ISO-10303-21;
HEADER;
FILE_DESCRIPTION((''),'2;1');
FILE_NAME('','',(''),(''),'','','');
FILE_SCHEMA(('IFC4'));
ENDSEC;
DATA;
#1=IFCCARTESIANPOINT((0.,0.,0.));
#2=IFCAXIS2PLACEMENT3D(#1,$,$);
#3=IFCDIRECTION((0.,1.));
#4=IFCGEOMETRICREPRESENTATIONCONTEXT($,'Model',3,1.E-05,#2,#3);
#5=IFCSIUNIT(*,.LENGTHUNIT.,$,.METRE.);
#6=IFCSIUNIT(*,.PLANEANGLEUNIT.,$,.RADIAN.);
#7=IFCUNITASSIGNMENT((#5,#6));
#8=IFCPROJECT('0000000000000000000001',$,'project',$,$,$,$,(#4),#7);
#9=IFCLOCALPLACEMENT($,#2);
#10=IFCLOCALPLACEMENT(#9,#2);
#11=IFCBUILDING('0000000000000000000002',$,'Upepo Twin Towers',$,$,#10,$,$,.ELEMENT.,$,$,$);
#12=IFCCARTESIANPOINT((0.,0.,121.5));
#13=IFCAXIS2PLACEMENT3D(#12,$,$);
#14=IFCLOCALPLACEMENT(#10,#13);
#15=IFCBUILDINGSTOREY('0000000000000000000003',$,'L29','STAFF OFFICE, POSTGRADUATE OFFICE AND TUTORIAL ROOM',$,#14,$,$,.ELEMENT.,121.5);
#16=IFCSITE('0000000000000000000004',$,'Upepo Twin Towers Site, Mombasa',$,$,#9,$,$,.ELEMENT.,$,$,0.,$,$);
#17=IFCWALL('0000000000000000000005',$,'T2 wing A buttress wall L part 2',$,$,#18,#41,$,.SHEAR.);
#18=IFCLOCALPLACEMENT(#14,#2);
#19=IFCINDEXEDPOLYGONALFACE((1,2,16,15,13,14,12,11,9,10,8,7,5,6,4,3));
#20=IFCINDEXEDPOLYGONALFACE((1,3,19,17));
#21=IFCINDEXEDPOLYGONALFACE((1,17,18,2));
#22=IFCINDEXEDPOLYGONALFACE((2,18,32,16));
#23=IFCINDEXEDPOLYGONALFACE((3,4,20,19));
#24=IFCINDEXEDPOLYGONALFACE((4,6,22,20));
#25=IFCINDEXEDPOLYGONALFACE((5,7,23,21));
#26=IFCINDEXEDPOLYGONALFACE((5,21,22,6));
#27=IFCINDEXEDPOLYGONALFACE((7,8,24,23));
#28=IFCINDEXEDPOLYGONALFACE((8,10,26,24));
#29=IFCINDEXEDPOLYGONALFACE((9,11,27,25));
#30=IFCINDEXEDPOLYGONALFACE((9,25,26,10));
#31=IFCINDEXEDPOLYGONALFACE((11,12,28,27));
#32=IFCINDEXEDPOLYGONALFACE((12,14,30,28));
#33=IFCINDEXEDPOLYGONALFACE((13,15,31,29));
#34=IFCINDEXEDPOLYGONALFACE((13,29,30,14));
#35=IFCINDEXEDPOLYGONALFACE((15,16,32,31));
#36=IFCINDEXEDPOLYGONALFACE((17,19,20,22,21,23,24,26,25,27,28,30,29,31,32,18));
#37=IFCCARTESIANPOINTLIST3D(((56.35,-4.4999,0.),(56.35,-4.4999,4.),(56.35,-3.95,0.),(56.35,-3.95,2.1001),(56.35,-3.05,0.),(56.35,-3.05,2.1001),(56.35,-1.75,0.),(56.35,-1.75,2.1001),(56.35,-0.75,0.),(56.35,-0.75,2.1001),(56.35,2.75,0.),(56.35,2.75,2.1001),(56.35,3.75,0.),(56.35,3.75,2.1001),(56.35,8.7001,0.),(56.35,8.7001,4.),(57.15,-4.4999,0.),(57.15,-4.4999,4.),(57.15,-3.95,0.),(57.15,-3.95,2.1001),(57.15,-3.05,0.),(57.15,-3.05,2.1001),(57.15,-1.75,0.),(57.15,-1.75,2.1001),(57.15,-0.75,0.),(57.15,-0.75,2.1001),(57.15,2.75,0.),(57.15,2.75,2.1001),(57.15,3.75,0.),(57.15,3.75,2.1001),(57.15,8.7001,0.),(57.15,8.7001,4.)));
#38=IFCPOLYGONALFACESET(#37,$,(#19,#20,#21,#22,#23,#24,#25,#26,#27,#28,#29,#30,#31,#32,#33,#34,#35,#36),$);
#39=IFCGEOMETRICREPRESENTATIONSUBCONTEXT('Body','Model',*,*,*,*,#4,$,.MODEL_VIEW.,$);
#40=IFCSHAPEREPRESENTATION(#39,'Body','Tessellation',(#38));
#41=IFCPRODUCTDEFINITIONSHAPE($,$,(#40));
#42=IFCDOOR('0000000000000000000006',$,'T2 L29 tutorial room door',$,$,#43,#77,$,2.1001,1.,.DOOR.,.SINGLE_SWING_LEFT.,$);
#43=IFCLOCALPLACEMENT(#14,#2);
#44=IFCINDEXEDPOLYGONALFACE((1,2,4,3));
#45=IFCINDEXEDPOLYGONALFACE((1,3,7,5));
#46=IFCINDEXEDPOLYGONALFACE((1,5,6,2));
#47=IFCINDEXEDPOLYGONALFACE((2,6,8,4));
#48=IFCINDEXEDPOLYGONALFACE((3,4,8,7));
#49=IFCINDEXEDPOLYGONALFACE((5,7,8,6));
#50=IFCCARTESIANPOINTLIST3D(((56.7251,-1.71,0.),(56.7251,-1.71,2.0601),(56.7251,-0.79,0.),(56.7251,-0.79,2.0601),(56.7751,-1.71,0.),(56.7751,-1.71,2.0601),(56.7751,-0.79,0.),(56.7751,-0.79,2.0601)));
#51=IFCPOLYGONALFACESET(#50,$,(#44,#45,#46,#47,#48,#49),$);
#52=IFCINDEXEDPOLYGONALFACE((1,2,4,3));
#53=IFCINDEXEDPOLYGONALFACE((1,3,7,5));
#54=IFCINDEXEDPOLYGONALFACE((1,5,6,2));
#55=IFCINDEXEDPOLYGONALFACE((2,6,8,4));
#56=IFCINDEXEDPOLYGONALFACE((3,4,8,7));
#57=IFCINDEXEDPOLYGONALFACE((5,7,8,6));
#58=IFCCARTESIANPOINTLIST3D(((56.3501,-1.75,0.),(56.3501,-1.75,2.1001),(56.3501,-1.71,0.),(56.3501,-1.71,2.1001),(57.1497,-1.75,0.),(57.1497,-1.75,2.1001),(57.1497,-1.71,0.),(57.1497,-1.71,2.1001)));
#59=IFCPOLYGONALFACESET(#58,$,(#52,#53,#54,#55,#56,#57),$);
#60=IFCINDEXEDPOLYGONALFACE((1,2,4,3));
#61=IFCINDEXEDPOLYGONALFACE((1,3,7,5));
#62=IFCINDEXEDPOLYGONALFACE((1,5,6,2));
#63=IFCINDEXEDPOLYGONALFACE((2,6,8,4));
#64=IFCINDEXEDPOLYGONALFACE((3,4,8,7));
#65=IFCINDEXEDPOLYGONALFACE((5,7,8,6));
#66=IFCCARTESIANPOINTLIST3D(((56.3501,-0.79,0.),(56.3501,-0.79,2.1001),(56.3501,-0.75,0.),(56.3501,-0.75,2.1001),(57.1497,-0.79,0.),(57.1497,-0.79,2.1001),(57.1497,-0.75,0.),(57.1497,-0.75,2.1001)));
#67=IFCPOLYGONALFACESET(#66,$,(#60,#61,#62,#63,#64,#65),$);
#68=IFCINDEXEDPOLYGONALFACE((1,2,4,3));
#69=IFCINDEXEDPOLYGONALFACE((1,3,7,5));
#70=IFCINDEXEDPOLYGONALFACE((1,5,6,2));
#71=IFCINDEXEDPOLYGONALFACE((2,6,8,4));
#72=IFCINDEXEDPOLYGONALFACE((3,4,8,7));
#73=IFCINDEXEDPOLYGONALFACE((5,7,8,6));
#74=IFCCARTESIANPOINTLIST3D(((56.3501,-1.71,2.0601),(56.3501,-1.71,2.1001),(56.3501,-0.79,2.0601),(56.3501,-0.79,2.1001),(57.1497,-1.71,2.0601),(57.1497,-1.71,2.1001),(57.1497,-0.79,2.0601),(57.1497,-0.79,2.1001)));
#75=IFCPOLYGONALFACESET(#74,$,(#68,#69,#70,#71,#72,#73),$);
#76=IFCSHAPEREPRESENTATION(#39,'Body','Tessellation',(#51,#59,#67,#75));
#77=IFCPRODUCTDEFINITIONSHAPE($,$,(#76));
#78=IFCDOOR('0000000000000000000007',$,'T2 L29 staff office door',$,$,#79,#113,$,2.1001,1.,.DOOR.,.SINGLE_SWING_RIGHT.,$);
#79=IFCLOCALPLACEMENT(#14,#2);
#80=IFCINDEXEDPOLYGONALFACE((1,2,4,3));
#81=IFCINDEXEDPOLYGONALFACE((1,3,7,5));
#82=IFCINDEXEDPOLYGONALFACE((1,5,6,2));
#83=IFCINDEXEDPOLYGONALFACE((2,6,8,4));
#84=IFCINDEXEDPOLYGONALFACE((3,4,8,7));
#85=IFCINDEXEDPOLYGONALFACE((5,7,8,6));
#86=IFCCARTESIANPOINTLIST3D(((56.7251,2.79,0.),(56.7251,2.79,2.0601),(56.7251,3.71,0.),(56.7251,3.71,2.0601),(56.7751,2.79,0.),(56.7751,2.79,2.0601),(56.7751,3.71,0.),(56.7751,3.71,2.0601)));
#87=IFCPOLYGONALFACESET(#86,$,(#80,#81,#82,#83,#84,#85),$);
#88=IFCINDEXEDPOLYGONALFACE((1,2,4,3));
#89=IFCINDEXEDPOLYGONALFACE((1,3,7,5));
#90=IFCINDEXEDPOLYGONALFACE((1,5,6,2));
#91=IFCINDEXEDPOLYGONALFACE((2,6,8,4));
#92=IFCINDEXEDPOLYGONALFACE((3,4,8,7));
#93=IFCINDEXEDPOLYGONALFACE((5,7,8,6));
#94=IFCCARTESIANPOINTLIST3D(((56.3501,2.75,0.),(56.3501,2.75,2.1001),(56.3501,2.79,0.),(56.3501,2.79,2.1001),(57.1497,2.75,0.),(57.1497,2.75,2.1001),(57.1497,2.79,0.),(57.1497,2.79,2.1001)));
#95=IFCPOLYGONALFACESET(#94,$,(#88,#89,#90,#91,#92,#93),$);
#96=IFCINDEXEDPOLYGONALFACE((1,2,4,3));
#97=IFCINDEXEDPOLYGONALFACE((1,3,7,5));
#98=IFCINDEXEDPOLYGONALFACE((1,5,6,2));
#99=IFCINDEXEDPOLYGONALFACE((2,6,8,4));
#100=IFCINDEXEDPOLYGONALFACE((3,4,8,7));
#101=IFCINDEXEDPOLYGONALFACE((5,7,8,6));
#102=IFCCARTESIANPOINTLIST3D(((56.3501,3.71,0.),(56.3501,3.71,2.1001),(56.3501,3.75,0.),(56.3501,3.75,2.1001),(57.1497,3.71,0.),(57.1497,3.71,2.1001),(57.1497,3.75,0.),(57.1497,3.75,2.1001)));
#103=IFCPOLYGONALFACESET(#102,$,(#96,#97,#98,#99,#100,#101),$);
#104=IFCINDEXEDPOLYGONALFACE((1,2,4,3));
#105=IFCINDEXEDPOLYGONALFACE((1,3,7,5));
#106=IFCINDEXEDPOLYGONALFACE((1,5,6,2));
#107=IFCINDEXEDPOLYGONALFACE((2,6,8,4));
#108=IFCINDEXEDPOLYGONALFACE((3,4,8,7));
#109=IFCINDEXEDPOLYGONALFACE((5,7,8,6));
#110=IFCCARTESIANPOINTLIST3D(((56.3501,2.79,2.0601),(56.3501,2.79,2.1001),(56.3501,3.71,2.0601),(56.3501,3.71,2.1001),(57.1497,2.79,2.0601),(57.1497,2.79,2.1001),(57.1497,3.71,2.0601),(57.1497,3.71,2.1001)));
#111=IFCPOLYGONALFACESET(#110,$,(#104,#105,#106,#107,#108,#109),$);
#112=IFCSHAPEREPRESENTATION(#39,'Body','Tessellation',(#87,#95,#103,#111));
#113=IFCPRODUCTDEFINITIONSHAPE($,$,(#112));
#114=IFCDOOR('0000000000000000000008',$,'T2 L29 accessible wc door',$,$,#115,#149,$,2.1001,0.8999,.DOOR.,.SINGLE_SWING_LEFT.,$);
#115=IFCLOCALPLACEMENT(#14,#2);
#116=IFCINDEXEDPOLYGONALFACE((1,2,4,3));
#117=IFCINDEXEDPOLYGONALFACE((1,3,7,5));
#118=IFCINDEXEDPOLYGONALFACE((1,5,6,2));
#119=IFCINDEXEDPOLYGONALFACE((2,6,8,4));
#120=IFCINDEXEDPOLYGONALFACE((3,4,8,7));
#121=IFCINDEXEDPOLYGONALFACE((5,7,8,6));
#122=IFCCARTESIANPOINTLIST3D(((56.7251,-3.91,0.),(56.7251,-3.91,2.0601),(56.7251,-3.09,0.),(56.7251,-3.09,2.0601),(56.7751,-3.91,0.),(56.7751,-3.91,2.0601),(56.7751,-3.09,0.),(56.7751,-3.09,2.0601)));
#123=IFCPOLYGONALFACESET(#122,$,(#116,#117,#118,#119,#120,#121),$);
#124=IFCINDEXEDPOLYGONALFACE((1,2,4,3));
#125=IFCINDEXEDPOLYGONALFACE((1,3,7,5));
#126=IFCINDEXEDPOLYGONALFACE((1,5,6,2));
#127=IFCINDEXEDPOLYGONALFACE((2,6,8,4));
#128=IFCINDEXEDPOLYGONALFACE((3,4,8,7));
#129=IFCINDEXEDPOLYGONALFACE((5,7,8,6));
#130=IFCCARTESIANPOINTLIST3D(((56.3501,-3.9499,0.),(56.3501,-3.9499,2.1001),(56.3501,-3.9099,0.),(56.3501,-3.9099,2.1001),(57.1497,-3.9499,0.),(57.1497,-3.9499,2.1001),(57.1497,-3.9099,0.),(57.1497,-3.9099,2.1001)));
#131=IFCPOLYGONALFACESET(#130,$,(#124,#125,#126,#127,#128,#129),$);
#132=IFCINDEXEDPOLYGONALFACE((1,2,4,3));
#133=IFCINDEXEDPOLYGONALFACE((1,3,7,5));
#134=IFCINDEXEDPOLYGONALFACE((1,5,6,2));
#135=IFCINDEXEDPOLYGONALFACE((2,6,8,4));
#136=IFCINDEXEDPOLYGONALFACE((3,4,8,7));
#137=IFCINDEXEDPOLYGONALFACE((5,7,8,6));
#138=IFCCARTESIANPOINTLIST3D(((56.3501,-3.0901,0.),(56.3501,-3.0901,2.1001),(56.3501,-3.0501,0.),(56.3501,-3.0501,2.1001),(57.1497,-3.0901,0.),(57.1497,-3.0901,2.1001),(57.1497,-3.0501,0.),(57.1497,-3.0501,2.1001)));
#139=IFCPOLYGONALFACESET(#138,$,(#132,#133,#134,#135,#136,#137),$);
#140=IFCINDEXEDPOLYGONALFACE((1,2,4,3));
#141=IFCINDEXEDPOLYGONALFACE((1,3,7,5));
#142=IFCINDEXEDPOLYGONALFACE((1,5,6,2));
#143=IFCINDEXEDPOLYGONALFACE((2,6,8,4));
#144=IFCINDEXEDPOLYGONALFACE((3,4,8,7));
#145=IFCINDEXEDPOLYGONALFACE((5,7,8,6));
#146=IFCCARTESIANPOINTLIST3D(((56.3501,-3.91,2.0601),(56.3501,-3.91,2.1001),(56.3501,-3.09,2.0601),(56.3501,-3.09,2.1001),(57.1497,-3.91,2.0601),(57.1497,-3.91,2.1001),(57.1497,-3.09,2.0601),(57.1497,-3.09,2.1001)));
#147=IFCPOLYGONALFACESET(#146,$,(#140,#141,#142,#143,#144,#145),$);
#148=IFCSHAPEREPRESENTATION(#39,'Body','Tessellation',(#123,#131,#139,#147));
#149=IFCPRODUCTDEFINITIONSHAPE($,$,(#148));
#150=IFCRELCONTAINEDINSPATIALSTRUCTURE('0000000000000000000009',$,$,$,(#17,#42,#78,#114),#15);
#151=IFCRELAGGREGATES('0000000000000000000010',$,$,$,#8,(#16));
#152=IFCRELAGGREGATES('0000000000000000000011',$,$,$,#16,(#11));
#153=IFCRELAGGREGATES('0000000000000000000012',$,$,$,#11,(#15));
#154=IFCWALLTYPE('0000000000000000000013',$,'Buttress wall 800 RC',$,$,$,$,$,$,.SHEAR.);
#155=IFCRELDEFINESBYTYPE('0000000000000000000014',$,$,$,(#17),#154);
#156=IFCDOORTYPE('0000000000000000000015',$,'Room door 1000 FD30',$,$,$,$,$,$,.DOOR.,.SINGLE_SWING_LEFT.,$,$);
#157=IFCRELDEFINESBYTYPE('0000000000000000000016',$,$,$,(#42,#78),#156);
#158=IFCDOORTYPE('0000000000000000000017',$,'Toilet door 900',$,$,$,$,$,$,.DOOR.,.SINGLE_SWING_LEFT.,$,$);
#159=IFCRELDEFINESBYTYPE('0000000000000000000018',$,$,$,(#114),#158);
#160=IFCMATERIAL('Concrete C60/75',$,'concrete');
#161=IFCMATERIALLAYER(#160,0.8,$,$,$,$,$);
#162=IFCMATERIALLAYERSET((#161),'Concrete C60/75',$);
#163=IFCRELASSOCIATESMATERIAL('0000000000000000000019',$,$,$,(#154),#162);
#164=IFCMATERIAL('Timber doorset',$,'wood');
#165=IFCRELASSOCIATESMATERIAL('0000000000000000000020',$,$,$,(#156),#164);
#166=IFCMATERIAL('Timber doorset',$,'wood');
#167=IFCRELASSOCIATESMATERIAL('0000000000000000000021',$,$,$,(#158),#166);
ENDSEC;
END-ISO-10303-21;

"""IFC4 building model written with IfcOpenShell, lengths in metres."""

from ifc_helpers import new_model, si_unit, direction, frame, frame_2d, origin, place, context, subcontext, project, spatial, rectangle, extrude, material, layer, layer_set, type_object, element, fill, save


model = new_model("IFC4")

# Units and contexts
model_context = context("Model", 3, precision=1e-05, world=origin(), true_north=direction((0.0, 1.0)))
body_context = subcontext(model_context, "Body", "Model", "MODEL_VIEW")
ifc_project = project(units=[si_unit("LENGTHUNIT", "METRE"), si_unit("PLANEANGLEUNIT", "RADIAN")], contexts=[model_context])

# Site, building, storey
site_placement = place(None, origin())
site = spatial("IfcSite", under=ifc_project, at=site_placement, Name="Upepo Twin Towers Site, Mombasa", CompositionType="ELEMENT", RefElevation=0.0)
building_placement = place(site_placement, origin())
building = spatial("IfcBuilding", under=site, at=building_placement, Name="Upepo Twin Towers", CompositionType="ELEMENT")
storey_placement = place(building_placement, frame((0.0, 0.0, 121.5)))
storey = spatial("IfcBuildingStorey", under=building, at=storey_placement, Name="L29", Description="STAFF OFFICE, POSTGRADUATE OFFICE AND TUTORIAL ROOM", CompositionType="ELEMENT", Elevation=121.5)

# Wall, openings, doors
ifc_material_1 = material(Name="Concrete C60/75", Category="concrete")
ifc_layer_1 = layer(ifc_material_1, 0.8)
ifc_layer_set_1 = layer_set([ifc_layer_1], Name="Concrete C60/75")
wall_type_1 = type_object("IfcWallType", Name="Buttress wall 800 RC", PredefinedType="SHEAR", material=ifc_layer_set_1)
wall_1_placement = place(storey_placement, frame((56.75, -4.5, 0.0), z_axis=(0.0, 0.0, 1.0), x_axis=(0.0, 1.0, 0.0)))
wall_1 = element("IfcWall", 1, at=wall_1_placement, inside=storey, type_object=wall_type_1, Name="T2 wing A buttress wall L part 2", PredefinedType="SHEAR", context=body_context, shape_type="SweptSolid", body=[
    extrude(rectangle(XDim=13.2, YDim=0.8, at=frame_2d((6.6001, 0.0))), origin(), (0.0, 0.0, 1.0), 4.0),
])
opening_1_placement = place(wall_1_placement, frame((0.55, 0.0, 0.0)))
opening_1 = element("IfcOpeningElement", 2, at=opening_1_placement, cuts=wall_1, PredefinedType="OPENING", context=body_context, shape_type="SweptSolid", body=[
    extrude(rectangle(XDim=0.8999, YDim=2.1001, at=frame_2d((0.45, 1.05))), frame((0.0, 0.4099, 0.0), z_axis=(0.0, -1.0, 0.0), x_axis=(1.0, 0.0, 0.0)), (0.0, 0.0, 1.0), 0.8201),
])
opening_2_placement = place(wall_1_placement, frame((2.75, 0.0, 0.0)))
opening_2 = element("IfcOpeningElement", 3, at=opening_2_placement, cuts=wall_1, PredefinedType="OPENING", context=body_context, shape_type="SweptSolid", body=[
    extrude(rectangle(XDim=1.0, YDim=2.1001, at=frame_2d((0.5, 1.05))), frame((0.0, 0.4099, 0.0), z_axis=(0.0, -1.0, 0.0), x_axis=(1.0, 0.0, 0.0)), (0.0, 0.0, 1.0), 0.8201),
])
opening_3_placement = place(wall_1_placement, frame((7.25, 0.0, 0.0)))
opening_3 = element("IfcOpeningElement", 4, at=opening_3_placement, cuts=wall_1, PredefinedType="OPENING", context=body_context, shape_type="SweptSolid", body=[
    extrude(rectangle(XDim=1.0, YDim=2.1001, at=frame_2d((0.5, 1.05))), frame((0.0, 0.4099, 0.0), z_axis=(0.0, -1.0, 0.0), x_axis=(1.0, 0.0, 0.0)), (0.0, 0.0, 1.0), 0.8201),
])
ifc_material_2 = material(Name="Timber doorset", Category="wood")
door_type_1 = type_object("IfcDoorType", Name="Room door 1000 FD30", OperationType="SINGLE_SWING_LEFT", PredefinedType="DOOR", material=ifc_material_2)
door_1_placement = place(opening_2_placement, origin())
door_1 = element("IfcDoor", 5, at=door_1_placement, inside=storey, type_object=door_type_1, Name="T2 L29 tutorial room door", OperationType="SINGLE_SWING_LEFT", OverallHeight=2.1001, OverallWidth=1.0, PredefinedType="DOOR", context=body_context, shape_type="SweptSolid", body=[
    extrude(rectangle(XDim=0.92, YDim=2.0601, at=frame_2d((0.5, 1.03))), frame((0.0, 0.0249, 0.0), z_axis=(0.0, -1.0, 0.0), x_axis=(1.0, 0.0, 0.0)), (0.0, 0.0, 1.0), 0.05),
    extrude(rectangle(XDim=0.04, YDim=2.1001, at=frame_2d((0.02, 1.05))), frame((0.0, 0.3999, 0.0), z_axis=(0.0, -1.0, 0.0), x_axis=(1.0, 0.0, 0.0)), (0.0, 0.0, 1.0), 0.7996),
    extrude(rectangle(XDim=0.04, YDim=2.1001, at=frame_2d((0.98, 1.05))), frame((0.0, 0.3999, 0.0), z_axis=(0.0, -1.0, 0.0), x_axis=(1.0, 0.0, 0.0)), (0.0, 0.0, 1.0), 0.7996),
    extrude(rectangle(XDim=0.92, YDim=0.04, at=frame_2d((0.5, 2.0801))), frame((0.0, 0.3999, 0.0), z_axis=(0.0, -1.0, 0.0), x_axis=(1.0, 0.0, 0.0)), (0.0, 0.0, 1.0), 0.7996),
])
fill(opening_2, door_1)
door_2_placement = place(opening_3_placement, origin())
door_2 = element("IfcDoor", 6, at=door_2_placement, inside=storey, type_object=door_type_1, Name="T2 L29 staff office door", OperationType="SINGLE_SWING_RIGHT", OverallHeight=2.1001, OverallWidth=1.0, PredefinedType="DOOR", context=body_context, shape_type="SweptSolid", body=[
    extrude(rectangle(XDim=0.92, YDim=2.0601, at=frame_2d((0.5, 1.03))), frame((0.0, 0.0249, 0.0), z_axis=(0.0, -1.0, 0.0), x_axis=(1.0, 0.0, 0.0)), (0.0, 0.0, 1.0), 0.05),
    extrude(rectangle(XDim=0.04, YDim=2.1001, at=frame_2d((0.02, 1.05))), frame((0.0, 0.3999, 0.0), z_axis=(0.0, -1.0, 0.0), x_axis=(1.0, 0.0, 0.0)), (0.0, 0.0, 1.0), 0.7996),
    extrude(rectangle(XDim=0.04, YDim=2.1001, at=frame_2d((0.98, 1.05))), frame((0.0, 0.3999, 0.0), z_axis=(0.0, -1.0, 0.0), x_axis=(1.0, 0.0, 0.0)), (0.0, 0.0, 1.0), 0.7996),
    extrude(rectangle(XDim=0.92, YDim=0.04, at=frame_2d((0.5, 2.0801))), frame((0.0, 0.3999, 0.0), z_axis=(0.0, -1.0, 0.0), x_axis=(1.0, 0.0, 0.0)), (0.0, 0.0, 1.0), 0.7996),
])
fill(opening_3, door_2)
ifc_material_3 = material(Name="Timber doorset", Category="wood")
door_type_2 = type_object("IfcDoorType", Name="Toilet door 900", OperationType="SINGLE_SWING_LEFT", PredefinedType="DOOR", material=ifc_material_3)
door_3_placement = place(opening_1_placement, origin())
door_3 = element("IfcDoor", 7, at=door_3_placement, inside=storey, type_object=door_type_2, Name="T2 L29 accessible wc door", OperationType="SINGLE_SWING_LEFT", OverallHeight=2.1001, OverallWidth=0.8999, PredefinedType="DOOR", context=body_context, shape_type="SweptSolid", body=[
    extrude(rectangle(XDim=0.8199, YDim=2.0601, at=frame_2d((0.45, 1.03))), frame((0.0, 0.0249, 0.0), z_axis=(0.0, -1.0, 0.0), x_axis=(1.0, 0.0, 0.0)), (0.0, 0.0, 1.0), 0.05),
    extrude(rectangle(XDim=0.04, YDim=2.1001, at=frame_2d((0.02, 1.05))), frame((0.0, 0.3999, 0.0), z_axis=(0.0, -1.0, 0.0), x_axis=(1.0, 0.0, 0.0)), (0.0, 0.0, 1.0), 0.7996),
    extrude(rectangle(XDim=0.04, YDim=2.1001, at=frame_2d((0.8799, 1.05))), frame((0.0, 0.3999, 0.0), z_axis=(0.0, -1.0, 0.0), x_axis=(1.0, 0.0, 0.0)), (0.0, 0.0, 1.0), 0.7996),
    extrude(rectangle(XDim=0.8199, YDim=0.04, at=frame_2d((0.45, 2.0801))), frame((0.0, 0.3999, 0.0), z_axis=(0.0, -1.0, 0.0), x_axis=(1.0, 0.0, 0.0)), (0.0, 0.0, 1.0), 0.7996),
])
fill(opening_1, door_3)

save(model, "model.ifc")
